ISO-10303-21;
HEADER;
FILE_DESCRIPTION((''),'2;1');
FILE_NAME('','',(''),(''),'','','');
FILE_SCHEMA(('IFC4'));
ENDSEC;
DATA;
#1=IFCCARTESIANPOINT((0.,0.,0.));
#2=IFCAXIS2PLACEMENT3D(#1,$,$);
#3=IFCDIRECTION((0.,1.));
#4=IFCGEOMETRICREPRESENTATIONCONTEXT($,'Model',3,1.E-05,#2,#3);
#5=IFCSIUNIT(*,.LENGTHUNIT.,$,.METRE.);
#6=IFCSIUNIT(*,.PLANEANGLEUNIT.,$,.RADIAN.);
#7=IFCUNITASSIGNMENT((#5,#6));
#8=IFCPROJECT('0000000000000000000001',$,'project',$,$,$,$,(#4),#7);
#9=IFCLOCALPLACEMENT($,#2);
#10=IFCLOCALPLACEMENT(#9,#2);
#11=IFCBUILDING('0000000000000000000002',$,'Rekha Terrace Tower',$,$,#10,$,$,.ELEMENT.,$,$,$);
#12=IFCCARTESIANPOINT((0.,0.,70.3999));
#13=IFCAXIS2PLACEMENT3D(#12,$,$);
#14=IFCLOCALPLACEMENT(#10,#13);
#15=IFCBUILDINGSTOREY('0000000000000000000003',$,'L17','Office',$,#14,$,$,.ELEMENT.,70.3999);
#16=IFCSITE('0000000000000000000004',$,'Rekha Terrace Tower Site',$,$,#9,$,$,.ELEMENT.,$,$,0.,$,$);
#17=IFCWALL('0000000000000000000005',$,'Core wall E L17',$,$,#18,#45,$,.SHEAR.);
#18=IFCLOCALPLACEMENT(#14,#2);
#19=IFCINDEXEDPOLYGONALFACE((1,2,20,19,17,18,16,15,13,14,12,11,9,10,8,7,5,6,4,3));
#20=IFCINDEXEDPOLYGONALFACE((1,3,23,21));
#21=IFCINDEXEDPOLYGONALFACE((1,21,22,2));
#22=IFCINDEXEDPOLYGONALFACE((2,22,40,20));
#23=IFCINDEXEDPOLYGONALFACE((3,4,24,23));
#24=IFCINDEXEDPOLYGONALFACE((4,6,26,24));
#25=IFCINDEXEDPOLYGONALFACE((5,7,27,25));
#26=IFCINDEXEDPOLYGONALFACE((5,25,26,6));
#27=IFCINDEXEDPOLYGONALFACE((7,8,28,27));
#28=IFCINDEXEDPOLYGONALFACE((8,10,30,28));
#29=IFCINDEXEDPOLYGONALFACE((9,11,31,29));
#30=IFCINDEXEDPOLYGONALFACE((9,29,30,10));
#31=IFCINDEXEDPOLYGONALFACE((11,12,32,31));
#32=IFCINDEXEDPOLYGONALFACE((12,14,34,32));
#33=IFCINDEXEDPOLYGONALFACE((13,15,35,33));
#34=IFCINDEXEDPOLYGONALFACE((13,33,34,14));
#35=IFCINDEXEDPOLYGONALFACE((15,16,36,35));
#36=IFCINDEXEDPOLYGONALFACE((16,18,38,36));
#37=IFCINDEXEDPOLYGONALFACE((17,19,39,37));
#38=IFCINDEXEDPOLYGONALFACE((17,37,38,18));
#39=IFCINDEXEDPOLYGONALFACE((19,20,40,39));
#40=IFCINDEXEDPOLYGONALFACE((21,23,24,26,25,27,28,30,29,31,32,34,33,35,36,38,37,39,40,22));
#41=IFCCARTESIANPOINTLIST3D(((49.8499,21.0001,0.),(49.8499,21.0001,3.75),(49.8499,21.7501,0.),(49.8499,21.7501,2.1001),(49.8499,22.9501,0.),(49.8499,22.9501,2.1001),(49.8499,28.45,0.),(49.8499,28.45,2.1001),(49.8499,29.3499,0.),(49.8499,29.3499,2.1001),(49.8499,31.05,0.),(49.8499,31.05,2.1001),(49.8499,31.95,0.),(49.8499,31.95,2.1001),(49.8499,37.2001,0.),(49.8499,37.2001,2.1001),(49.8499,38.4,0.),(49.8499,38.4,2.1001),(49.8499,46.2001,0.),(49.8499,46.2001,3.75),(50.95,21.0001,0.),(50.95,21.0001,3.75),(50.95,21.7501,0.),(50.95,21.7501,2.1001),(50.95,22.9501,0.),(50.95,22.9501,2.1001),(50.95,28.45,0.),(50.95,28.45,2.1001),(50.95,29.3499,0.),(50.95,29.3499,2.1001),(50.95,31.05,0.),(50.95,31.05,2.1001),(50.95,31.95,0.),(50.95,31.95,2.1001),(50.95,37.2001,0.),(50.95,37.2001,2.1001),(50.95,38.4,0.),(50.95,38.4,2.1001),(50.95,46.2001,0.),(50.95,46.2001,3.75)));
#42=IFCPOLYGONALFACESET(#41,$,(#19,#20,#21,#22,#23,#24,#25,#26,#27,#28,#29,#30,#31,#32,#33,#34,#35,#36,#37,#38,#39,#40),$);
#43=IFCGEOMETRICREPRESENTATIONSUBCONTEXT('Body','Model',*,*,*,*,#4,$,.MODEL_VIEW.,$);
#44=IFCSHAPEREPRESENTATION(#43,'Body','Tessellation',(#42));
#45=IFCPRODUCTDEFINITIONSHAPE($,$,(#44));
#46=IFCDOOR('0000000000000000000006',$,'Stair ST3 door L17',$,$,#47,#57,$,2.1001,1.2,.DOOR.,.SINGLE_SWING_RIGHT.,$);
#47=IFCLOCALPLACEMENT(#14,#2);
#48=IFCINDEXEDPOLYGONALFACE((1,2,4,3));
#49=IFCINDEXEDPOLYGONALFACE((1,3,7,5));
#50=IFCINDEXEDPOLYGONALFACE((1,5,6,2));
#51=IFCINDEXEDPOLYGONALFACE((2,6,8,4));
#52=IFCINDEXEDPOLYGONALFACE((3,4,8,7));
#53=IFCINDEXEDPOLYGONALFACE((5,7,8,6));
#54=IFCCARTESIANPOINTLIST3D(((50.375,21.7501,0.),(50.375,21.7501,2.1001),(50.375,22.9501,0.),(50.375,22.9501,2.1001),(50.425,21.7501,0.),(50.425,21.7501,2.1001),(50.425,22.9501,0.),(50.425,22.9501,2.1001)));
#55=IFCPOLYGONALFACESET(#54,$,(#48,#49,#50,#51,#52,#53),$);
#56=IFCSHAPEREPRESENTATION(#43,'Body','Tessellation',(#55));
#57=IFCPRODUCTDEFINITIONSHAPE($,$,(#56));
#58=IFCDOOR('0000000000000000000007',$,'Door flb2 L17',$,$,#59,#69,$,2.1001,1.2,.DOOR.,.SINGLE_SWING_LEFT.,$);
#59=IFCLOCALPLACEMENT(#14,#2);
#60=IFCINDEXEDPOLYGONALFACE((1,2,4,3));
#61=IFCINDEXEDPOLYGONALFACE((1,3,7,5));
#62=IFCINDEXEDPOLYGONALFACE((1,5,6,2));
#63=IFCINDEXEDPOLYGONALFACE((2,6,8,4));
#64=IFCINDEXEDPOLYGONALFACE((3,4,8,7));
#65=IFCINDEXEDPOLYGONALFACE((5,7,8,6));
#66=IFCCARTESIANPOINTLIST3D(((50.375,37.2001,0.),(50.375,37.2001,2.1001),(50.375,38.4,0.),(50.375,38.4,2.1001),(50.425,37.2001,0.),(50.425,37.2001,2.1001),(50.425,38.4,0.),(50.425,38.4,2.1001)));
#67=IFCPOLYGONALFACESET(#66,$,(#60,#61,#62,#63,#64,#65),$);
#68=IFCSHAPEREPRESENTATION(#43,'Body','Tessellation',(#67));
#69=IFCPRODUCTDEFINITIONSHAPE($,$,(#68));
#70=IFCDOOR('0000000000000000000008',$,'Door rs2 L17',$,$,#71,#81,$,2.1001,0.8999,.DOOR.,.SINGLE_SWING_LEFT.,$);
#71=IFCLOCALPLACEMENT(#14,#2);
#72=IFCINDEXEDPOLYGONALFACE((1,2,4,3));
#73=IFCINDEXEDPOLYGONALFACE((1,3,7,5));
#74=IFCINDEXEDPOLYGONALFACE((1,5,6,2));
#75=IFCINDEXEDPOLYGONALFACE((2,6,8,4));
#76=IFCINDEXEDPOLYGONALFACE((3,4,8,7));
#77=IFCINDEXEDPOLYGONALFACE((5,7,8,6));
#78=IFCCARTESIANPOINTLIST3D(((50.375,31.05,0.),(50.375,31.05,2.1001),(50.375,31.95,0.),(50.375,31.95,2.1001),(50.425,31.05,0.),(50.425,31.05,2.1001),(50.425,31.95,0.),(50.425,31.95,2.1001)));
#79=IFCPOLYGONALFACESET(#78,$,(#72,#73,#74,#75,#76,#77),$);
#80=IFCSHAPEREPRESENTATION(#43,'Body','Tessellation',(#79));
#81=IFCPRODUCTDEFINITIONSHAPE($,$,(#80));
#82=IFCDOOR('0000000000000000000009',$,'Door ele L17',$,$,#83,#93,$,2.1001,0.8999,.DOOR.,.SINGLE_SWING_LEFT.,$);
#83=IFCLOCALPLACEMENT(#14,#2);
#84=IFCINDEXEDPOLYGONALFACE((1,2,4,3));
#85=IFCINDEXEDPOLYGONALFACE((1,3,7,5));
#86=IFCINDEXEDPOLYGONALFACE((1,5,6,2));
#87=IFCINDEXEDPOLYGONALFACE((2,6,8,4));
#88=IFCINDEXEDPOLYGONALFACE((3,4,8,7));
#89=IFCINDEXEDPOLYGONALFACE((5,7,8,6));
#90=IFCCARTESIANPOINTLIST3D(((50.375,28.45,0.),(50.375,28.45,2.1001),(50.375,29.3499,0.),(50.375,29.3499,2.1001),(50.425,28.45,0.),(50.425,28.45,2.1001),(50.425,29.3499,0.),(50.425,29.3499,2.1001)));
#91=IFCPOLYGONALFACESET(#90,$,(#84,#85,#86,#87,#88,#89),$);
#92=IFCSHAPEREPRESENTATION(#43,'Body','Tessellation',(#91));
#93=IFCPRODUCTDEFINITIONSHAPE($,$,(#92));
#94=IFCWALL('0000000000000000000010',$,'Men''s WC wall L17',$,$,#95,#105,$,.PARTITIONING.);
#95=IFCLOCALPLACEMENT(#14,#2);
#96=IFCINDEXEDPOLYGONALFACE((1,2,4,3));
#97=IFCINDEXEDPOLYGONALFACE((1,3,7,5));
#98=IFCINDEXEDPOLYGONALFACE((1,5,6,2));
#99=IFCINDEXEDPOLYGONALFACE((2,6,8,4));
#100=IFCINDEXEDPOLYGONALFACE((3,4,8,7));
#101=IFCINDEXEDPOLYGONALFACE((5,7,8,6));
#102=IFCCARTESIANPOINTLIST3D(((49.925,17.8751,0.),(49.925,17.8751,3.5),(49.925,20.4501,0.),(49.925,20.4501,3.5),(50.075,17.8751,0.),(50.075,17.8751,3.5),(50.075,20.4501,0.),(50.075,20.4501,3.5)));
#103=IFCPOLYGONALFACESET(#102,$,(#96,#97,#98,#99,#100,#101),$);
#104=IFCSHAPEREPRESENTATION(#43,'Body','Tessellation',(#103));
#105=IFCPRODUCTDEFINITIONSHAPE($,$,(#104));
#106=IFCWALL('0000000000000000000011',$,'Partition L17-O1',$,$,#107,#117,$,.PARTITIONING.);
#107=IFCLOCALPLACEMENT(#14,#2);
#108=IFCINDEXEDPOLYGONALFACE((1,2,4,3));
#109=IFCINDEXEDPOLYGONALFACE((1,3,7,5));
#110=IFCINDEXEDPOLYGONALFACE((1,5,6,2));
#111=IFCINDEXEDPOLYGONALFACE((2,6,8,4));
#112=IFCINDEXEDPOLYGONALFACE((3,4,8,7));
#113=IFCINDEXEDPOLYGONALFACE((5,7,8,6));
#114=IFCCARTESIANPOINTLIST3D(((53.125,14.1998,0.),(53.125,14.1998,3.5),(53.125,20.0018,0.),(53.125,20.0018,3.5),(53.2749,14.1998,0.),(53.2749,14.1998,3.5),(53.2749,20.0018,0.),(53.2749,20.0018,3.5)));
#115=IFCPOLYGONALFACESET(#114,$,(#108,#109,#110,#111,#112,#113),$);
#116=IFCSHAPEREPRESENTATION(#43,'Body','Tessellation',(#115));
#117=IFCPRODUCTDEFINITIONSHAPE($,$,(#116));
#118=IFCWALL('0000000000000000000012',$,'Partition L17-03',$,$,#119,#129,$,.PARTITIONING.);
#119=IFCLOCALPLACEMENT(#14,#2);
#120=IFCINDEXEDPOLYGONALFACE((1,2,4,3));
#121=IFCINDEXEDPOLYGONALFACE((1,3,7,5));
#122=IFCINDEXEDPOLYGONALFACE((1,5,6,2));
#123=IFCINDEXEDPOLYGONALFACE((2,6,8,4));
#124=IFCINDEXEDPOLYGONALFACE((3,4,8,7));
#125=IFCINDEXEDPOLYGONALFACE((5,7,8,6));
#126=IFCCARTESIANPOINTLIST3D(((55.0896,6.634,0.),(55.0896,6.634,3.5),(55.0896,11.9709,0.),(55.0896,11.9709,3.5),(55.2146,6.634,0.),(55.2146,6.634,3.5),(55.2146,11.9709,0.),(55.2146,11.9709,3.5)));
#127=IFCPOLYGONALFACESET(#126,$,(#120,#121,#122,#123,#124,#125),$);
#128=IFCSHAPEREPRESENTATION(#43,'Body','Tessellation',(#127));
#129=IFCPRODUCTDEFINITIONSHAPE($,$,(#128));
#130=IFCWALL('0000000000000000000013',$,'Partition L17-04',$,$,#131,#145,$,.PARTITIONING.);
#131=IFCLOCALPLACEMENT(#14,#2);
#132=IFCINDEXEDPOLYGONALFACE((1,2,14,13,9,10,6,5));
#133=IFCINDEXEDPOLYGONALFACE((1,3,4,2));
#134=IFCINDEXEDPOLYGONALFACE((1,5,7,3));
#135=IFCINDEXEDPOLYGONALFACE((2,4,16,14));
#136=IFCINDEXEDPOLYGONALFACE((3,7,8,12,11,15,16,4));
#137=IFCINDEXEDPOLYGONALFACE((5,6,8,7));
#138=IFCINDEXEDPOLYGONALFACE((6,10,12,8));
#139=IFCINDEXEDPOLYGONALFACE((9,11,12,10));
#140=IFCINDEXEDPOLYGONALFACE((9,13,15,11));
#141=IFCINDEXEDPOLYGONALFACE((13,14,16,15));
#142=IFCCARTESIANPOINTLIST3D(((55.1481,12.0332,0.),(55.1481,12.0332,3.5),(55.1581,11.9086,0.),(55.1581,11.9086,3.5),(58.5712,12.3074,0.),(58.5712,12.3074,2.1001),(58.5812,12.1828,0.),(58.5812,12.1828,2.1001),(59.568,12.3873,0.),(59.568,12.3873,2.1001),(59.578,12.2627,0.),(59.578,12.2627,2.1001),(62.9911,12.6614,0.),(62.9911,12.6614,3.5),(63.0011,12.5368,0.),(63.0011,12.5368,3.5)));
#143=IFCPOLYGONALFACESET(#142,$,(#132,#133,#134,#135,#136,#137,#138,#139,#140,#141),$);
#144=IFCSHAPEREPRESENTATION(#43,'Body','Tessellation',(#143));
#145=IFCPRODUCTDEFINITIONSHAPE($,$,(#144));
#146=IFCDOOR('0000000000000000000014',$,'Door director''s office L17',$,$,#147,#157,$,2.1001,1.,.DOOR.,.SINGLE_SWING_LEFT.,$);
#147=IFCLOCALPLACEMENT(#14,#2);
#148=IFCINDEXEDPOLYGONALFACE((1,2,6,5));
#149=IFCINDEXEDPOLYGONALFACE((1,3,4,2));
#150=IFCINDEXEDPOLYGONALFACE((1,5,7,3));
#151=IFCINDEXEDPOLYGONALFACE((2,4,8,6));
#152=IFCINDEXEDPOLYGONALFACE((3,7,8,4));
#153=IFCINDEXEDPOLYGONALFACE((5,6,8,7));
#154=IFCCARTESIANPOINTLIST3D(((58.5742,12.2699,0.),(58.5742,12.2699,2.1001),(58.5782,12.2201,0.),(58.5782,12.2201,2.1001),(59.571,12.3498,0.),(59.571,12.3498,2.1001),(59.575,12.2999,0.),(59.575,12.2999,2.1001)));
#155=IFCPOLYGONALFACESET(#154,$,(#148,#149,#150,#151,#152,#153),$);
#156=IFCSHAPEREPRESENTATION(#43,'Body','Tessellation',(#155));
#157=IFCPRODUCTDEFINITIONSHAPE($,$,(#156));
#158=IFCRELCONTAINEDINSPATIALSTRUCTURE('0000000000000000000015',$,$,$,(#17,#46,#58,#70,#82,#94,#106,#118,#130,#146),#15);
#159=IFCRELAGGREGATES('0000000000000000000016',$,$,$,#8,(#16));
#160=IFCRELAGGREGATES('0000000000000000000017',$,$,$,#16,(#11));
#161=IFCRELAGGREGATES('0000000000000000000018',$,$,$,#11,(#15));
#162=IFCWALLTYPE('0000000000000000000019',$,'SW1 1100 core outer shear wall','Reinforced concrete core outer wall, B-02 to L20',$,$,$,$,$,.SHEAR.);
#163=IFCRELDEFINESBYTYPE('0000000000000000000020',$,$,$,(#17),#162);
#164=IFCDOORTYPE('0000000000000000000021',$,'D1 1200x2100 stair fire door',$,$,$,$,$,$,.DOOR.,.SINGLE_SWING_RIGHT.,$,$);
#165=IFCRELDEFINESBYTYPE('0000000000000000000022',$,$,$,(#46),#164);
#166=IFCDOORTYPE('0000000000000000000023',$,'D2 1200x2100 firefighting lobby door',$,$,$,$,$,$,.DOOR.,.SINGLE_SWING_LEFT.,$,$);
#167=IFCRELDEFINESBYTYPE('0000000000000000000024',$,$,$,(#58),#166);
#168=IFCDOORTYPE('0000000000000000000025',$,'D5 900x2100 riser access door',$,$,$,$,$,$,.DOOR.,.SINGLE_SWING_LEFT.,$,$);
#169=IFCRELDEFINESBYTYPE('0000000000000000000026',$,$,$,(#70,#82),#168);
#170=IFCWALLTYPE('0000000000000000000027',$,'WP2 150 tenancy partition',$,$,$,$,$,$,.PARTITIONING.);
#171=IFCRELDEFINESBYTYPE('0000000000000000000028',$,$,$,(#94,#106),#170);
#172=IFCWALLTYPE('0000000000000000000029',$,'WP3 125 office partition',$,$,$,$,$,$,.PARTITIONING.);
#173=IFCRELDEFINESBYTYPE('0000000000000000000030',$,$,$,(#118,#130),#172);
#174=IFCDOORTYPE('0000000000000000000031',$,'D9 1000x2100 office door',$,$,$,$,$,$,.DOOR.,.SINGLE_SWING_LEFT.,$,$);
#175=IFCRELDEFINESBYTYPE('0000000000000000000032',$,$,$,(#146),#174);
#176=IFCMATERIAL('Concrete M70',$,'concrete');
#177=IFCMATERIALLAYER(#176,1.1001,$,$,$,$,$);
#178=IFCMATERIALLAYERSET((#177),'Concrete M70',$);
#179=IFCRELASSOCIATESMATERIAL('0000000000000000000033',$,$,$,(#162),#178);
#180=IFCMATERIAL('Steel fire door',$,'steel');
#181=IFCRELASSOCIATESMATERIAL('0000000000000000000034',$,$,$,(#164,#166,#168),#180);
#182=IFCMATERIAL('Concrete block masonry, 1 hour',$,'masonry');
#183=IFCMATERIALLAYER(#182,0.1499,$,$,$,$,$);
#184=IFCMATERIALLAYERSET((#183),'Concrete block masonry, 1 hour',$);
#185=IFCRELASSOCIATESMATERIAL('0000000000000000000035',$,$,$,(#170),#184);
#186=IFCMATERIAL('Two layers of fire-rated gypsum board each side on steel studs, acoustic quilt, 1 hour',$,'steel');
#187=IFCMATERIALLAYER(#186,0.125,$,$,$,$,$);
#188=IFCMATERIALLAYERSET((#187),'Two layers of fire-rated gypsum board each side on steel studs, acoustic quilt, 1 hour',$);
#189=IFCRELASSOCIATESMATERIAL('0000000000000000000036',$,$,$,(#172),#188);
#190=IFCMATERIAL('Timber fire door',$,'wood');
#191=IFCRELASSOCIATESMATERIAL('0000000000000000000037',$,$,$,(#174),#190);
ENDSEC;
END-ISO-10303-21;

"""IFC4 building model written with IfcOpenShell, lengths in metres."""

from ifc_helpers import new_model, si_unit, direction, frame, frame_2d, origin, place, context, subcontext, project, spatial, rectangle, extrude, material, layer, layer_set, type_object, element, fill, save


model = new_model("IFC4")

# Units and contexts
model_context = context("Model", 3, precision=1e-05, world=origin(), true_north=direction((0.0, 1.0)))
body_context = subcontext(model_context, "Body", "Model", "MODEL_VIEW")
ifc_project = project(units=[si_unit("LENGTHUNIT", "METRE"), si_unit("PLANEANGLEUNIT", "RADIAN")], contexts=[model_context])

# Site, building, storey
site_placement = place(None, origin())
site = spatial("IfcSite", under=ifc_project, at=site_placement, Name="Rekha Terrace Tower Site", CompositionType="ELEMENT", RefElevation=0.0)
building_placement = place(site_placement, origin())
building = spatial("IfcBuilding", under=site, at=building_placement, Name="Rekha Terrace Tower", CompositionType="ELEMENT")
storey_placement = place(building_placement, frame((0.0, 0.0, 70.3999)))
storey = spatial("IfcBuildingStorey", under=building, at=storey_placement, Name="L17", Description="Office", CompositionType="ELEMENT", Elevation=70.3999)

# Shared definitions
ifc_material_1 = material(Name="Concrete M70", Category="concrete")

# Wall, openings, doors
ifc_layer_1 = layer(ifc_material_1, 1.1001)
ifc_layer_set_1 = layer_set([ifc_layer_1], Name="Concrete M70")
wall_type_1 = type_object("IfcWallType", Name="SW1 1100 core outer shear wall", Description="Reinforced concrete core outer wall, B-02 to L20", PredefinedType="SHEAR", material=ifc_layer_set_1)
wall_1_placement = place(storey_placement, frame((50.3999, 21.0, 0.0), z_axis=(0.0, 0.0, 1.0), x_axis=(0.0, 1.0, 0.0)))
wall_1 = element("IfcWall", 1, at=wall_1_placement, inside=storey, type_object=wall_type_1, Name="Core wall E L17", PredefinedType="SHEAR", context=body_context, shape_type="SweptSolid", body=[
    extrude(rectangle(XDim=25.2, YDim=1.1001, at=frame_2d((12.6001, 0.0))), origin(), (0.0, 0.0, 1.0), 3.75),
])
opening_1_placement = place(wall_1_placement, frame((16.2, 0.0, 0.0)))
opening_1 = element("IfcOpeningElement", 2, at=opening_1_placement, cuts=wall_1, PredefinedType="OPENING", context=body_context, shape_type="SweptSolid", body=[
    extrude(rectangle(XDim=1.2, YDim=2.1001, at=frame_2d((0.6001, 1.05))), frame((0.0, 0.5601, 0.0), z_axis=(0.0, -1.0, 0.0), x_axis=(1.0, 0.0, 0.0)), (0.0, 0.0, 1.0), 1.1201),
])
opening_2_placement = place(wall_1_placement, frame((10.05, 0.0, 0.0)))
opening_2 = element("IfcOpeningElement", 3, at=opening_2_placement, cuts=wall_1, PredefinedType="OPENING", context=body_context, shape_type="SweptSolid", body=[
    extrude(rectangle(XDim=0.8999, YDim=2.1001, at=frame_2d((0.45, 1.05))), frame((0.0, 0.5601, 0.0), z_axis=(0.0, -1.0, 0.0), x_axis=(1.0, 0.0, 0.0)), (0.0, 0.0, 1.0), 1.1201),
])
opening_3_placement = place(wall_1_placement, frame((7.45, 0.0, 0.0)))
opening_3 = element("IfcOpeningElement", 4, at=opening_3_placement, cuts=wall_1, PredefinedType="OPENING", context=body_context, shape_type="SweptSolid", body=[
    extrude(rectangle(XDim=0.8999, YDim=2.1001, at=frame_2d((0.45, 1.05))), frame((0.0, 0.5601, 0.0), z_axis=(0.0, -1.0, 0.0), x_axis=(1.0, 0.0, 0.0)), (0.0, 0.0, 1.0), 1.1201),
])
opening_4_placement = place(wall_1_placement, frame((0.75, 0.0, 0.0)))
opening_4 = element("IfcOpeningElement", 5, at=opening_4_placement, cuts=wall_1, PredefinedType="OPENING", context=body_context, shape_type="SweptSolid", body=[
    extrude(rectangle(XDim=1.2, YDim=2.1001, at=frame_2d((0.6001, 1.05))), frame((0.0, 0.5601, 0.0), z_axis=(0.0, -1.0, 0.0), x_axis=(1.0, 0.0, 0.0)), (0.0, 0.0, 1.0), 1.1201),
])
ifc_material_2 = material(Name="Steel fire door", Category="steel")
door_type_1 = type_object("IfcDoorType", Name="D1 1200x2100 stair fire door", OperationType="SINGLE_SWING_RIGHT", PredefinedType="DOOR", material=ifc_material_2)
door_1_placement = place(opening_4_placement, origin())
door_1 = element("IfcDoor", 6, at=door_1_placement, inside=storey, type_object=door_type_1, Name="Stair ST3 door L17", OperationType="SINGLE_SWING_RIGHT", OverallHeight=2.1001, OverallWidth=1.2, PredefinedType="DOOR", context=body_context, shape_type="SweptSolid", body=[
    extrude(rectangle(XDim=1.2, YDim=2.1001, at=frame_2d((0.6001, 1.05))), frame((0.0, 0.0249, 0.0), z_axis=(0.0, -1.0, 0.0), x_axis=(1.0, 0.0, 0.0)), (0.0, 0.0, 1.0), 0.05),
])
fill(opening_4, door_1)
door_type_2 = type_object("IfcDoorType", Name="D2 1200x2100 firefighting lobby door", OperationType="SINGLE_SWING_LEFT", PredefinedType="DOOR", material=ifc_material_2)
door_2_placement = place(opening_1_placement, origin())
door_2 = element("IfcDoor", 7, at=door_2_placement, inside=storey, type_object=door_type_2, Name="Door flb2 L17", OperationType="SINGLE_SWING_LEFT", OverallHeight=2.1001, OverallWidth=1.2, PredefinedType="DOOR", context=body_context, shape_type="SweptSolid", body=[
    extrude(rectangle(XDim=1.2, YDim=2.1001, at=frame_2d((0.6001, 1.05))), frame((0.0, 0.0249, 0.0), z_axis=(0.0, -1.0, 0.0), x_axis=(1.0, 0.0, 0.0)), (0.0, 0.0, 1.0), 0.05),
])
fill(opening_1, door_2)
door_type_3 = type_object("IfcDoorType", Name="D5 900x2100 riser access door", OperationType="SINGLE_SWING_LEFT", PredefinedType="DOOR", material=ifc_material_2)
door_3_placement = place(opening_2_placement, origin())
door_3 = element("IfcDoor", 8, at=door_3_placement, inside=storey, type_object=door_type_3, Name="Door rs2 L17", OperationType="SINGLE_SWING_LEFT", OverallHeight=2.1001, OverallWidth=0.8999, PredefinedType="DOOR", context=body_context, shape_type="SweptSolid", body=[
    extrude(rectangle(XDim=0.8999, YDim=2.1001, at=frame_2d((0.45, 1.05))), frame((0.0, 0.0249, 0.0), z_axis=(0.0, -1.0, 0.0), x_axis=(1.0, 0.0, 0.0)), (0.0, 0.0, 1.0), 0.05),
])
fill(opening_2, door_3)
door_4_placement = place(opening_3_placement, origin())
door_4 = element("IfcDoor", 9, at=door_4_placement, inside=storey, type_object=door_type_3, Name="Door ele L17", OperationType="SINGLE_SWING_LEFT", OverallHeight=2.1001, OverallWidth=0.8999, PredefinedType="DOOR", context=body_context, shape_type="SweptSolid", body=[
    extrude(rectangle(XDim=0.8999, YDim=2.1001, at=frame_2d((0.45, 1.05))), frame((0.0, 0.0249, 0.0), z_axis=(0.0, -1.0, 0.0), x_axis=(1.0, 0.0, 0.0)), (0.0, 0.0, 1.0), 0.05),
])
fill(opening_3, door_4)

# Walls
ifc_material_3 = material(Name="Concrete block masonry, 1 hour", Category="masonry")
ifc_layer_2 = layer(ifc_material_3, 0.1499)
ifc_layer_set_2 = layer_set([ifc_layer_2], Name="Concrete block masonry, 1 hour")
wall_type_2 = type_object("IfcWallType", Name="WP2 150 tenancy partition", PredefinedType="PARTITIONING", material=ifc_layer_set_2)
wall_2_placement = place(storey_placement, frame((50.0, 17.875, 0.0), z_axis=(0.0, 0.0, 1.0), x_axis=(0.0, 1.0, 0.0)))
element("IfcWall", 10, at=wall_2_placement, inside=storey, type_object=wall_type_2, Name="Men's WC wall L17", PredefinedType="PARTITIONING", context=body_context, shape_type="SweptSolid", body=[
    extrude(rectangle(XDim=2.575, YDim=0.1499, at=frame_2d((1.2876, 0.0))), origin(), (0.0, 0.0, 1.0), 3.5),
])
wall_3_placement = place(storey_placement, frame((53.2, 14.2, 0.0), z_axis=(0.0, 0.0, 1.0), x_axis=(0.0, 1.0, 0.0)))
element("IfcWall", 11, at=wall_3_placement, inside=storey, type_object=wall_type_2, Name="Partition L17-O1", PredefinedType="PARTITIONING", context=body_context, shape_type="SweptSolid", body=[
    extrude(rectangle(XDim=5.802, YDim=0.1499, at=frame_2d((2.9009, 0.0))), origin(), (0.0, 0.0, 1.0), 3.5),
])
ifc_material_4 = material(Name="Two layers of fire-rated gypsum board each side on steel studs, acoustic quilt, 1 hour", Category="steel")
ifc_layer_3 = layer(ifc_material_4, 0.125)
ifc_layer_set_3 = layer_set([ifc_layer_3], Name="Two layers of fire-rated gypsum board each side on steel studs, acoustic quilt, 1 hour")
wall_type_3 = type_object("IfcWallType", Name="WP3 125 office partition", PredefinedType="PARTITIONING", material=ifc_layer_set_3)
wall_4_placement = place(storey_placement, frame((55.1521, 11.9709, 0.0), z_axis=(0.0, 0.0, 1.0), x_axis=(0.0, -1.0, 0.0)))
element("IfcWall", 12, at=wall_4_placement, inside=storey, type_object=wall_type_3, Name="Partition L17-03", PredefinedType="PARTITIONING", context=body_context, shape_type="SweptSolid", body=[
    extrude(rectangle(XDim=5.3369, YDim=0.125, at=frame_2d((2.6685, 0.0))), origin(), (0.0, 0.0, 1.0), 3.5),
])

# Wall, opening, door
wall_5_placement = place(storey_placement, frame((55.1531, 11.9709, 0.0), z_axis=(0.0, 0.0, 1.0), x_axis=(0.996808, 0.079838, 0.0)))
wall_5 = element("IfcWall", 13, at=wall_5_placement, inside=storey, type_object=wall_type_3, Name="Partition L17-04", PredefinedType="PARTITIONING", context=body_context, shape_type="SweptSolid", body=[
    extrude(rectangle(XDim=7.8682, YDim=0.125, at=frame_2d((3.9341, 0.0))), origin(), (0.0, 0.0, 1.0), 3.5),
])
opening_5_placement = place(wall_5_placement, frame((3.4341, 0.0, 0.0)))
opening_5 = element("IfcOpeningElement", 14, at=opening_5_placement, cuts=wall_5, PredefinedType="OPENING", context=body_context, shape_type="SweptSolid", body=[
    extrude(rectangle(XDim=1.0, YDim=2.1001, at=frame_2d((0.5, 1.05))), frame((0.0, 0.0725, 0.0), z_axis=(0.0, -1.0, 0.0), x_axis=(1.0, 0.0, 0.0)), (0.0, 0.0, 1.0), 0.145),
])
ifc_material_5 = material(Name="Timber fire door", Category="wood")
door_type_4 = type_object("IfcDoorType", Name="D9 1000x2100 office door", OperationType="SINGLE_SWING_LEFT", PredefinedType="DOOR", material=ifc_material_5)
door_5_placement = place(opening_5_placement, origin())
door_5 = element("IfcDoor", 15, at=door_5_placement, inside=storey, type_object=door_type_4, Name="Door director's office L17", OperationType="SINGLE_SWING_LEFT", OverallHeight=2.1001, OverallWidth=1.0, PredefinedType="DOOR", context=body_context, shape_type="SweptSolid", body=[
    extrude(rectangle(XDim=1.0, YDim=2.1001, at=frame_2d((0.5, 1.05))), frame((0.0, 0.0249, 0.0), z_axis=(0.0, -1.0, 0.0), x_axis=(1.0, 0.0, 0.0)), (0.0, 0.0, 1.0), 0.05),
])
fill(opening_5, door_5)

save(model, "model.ifc")
